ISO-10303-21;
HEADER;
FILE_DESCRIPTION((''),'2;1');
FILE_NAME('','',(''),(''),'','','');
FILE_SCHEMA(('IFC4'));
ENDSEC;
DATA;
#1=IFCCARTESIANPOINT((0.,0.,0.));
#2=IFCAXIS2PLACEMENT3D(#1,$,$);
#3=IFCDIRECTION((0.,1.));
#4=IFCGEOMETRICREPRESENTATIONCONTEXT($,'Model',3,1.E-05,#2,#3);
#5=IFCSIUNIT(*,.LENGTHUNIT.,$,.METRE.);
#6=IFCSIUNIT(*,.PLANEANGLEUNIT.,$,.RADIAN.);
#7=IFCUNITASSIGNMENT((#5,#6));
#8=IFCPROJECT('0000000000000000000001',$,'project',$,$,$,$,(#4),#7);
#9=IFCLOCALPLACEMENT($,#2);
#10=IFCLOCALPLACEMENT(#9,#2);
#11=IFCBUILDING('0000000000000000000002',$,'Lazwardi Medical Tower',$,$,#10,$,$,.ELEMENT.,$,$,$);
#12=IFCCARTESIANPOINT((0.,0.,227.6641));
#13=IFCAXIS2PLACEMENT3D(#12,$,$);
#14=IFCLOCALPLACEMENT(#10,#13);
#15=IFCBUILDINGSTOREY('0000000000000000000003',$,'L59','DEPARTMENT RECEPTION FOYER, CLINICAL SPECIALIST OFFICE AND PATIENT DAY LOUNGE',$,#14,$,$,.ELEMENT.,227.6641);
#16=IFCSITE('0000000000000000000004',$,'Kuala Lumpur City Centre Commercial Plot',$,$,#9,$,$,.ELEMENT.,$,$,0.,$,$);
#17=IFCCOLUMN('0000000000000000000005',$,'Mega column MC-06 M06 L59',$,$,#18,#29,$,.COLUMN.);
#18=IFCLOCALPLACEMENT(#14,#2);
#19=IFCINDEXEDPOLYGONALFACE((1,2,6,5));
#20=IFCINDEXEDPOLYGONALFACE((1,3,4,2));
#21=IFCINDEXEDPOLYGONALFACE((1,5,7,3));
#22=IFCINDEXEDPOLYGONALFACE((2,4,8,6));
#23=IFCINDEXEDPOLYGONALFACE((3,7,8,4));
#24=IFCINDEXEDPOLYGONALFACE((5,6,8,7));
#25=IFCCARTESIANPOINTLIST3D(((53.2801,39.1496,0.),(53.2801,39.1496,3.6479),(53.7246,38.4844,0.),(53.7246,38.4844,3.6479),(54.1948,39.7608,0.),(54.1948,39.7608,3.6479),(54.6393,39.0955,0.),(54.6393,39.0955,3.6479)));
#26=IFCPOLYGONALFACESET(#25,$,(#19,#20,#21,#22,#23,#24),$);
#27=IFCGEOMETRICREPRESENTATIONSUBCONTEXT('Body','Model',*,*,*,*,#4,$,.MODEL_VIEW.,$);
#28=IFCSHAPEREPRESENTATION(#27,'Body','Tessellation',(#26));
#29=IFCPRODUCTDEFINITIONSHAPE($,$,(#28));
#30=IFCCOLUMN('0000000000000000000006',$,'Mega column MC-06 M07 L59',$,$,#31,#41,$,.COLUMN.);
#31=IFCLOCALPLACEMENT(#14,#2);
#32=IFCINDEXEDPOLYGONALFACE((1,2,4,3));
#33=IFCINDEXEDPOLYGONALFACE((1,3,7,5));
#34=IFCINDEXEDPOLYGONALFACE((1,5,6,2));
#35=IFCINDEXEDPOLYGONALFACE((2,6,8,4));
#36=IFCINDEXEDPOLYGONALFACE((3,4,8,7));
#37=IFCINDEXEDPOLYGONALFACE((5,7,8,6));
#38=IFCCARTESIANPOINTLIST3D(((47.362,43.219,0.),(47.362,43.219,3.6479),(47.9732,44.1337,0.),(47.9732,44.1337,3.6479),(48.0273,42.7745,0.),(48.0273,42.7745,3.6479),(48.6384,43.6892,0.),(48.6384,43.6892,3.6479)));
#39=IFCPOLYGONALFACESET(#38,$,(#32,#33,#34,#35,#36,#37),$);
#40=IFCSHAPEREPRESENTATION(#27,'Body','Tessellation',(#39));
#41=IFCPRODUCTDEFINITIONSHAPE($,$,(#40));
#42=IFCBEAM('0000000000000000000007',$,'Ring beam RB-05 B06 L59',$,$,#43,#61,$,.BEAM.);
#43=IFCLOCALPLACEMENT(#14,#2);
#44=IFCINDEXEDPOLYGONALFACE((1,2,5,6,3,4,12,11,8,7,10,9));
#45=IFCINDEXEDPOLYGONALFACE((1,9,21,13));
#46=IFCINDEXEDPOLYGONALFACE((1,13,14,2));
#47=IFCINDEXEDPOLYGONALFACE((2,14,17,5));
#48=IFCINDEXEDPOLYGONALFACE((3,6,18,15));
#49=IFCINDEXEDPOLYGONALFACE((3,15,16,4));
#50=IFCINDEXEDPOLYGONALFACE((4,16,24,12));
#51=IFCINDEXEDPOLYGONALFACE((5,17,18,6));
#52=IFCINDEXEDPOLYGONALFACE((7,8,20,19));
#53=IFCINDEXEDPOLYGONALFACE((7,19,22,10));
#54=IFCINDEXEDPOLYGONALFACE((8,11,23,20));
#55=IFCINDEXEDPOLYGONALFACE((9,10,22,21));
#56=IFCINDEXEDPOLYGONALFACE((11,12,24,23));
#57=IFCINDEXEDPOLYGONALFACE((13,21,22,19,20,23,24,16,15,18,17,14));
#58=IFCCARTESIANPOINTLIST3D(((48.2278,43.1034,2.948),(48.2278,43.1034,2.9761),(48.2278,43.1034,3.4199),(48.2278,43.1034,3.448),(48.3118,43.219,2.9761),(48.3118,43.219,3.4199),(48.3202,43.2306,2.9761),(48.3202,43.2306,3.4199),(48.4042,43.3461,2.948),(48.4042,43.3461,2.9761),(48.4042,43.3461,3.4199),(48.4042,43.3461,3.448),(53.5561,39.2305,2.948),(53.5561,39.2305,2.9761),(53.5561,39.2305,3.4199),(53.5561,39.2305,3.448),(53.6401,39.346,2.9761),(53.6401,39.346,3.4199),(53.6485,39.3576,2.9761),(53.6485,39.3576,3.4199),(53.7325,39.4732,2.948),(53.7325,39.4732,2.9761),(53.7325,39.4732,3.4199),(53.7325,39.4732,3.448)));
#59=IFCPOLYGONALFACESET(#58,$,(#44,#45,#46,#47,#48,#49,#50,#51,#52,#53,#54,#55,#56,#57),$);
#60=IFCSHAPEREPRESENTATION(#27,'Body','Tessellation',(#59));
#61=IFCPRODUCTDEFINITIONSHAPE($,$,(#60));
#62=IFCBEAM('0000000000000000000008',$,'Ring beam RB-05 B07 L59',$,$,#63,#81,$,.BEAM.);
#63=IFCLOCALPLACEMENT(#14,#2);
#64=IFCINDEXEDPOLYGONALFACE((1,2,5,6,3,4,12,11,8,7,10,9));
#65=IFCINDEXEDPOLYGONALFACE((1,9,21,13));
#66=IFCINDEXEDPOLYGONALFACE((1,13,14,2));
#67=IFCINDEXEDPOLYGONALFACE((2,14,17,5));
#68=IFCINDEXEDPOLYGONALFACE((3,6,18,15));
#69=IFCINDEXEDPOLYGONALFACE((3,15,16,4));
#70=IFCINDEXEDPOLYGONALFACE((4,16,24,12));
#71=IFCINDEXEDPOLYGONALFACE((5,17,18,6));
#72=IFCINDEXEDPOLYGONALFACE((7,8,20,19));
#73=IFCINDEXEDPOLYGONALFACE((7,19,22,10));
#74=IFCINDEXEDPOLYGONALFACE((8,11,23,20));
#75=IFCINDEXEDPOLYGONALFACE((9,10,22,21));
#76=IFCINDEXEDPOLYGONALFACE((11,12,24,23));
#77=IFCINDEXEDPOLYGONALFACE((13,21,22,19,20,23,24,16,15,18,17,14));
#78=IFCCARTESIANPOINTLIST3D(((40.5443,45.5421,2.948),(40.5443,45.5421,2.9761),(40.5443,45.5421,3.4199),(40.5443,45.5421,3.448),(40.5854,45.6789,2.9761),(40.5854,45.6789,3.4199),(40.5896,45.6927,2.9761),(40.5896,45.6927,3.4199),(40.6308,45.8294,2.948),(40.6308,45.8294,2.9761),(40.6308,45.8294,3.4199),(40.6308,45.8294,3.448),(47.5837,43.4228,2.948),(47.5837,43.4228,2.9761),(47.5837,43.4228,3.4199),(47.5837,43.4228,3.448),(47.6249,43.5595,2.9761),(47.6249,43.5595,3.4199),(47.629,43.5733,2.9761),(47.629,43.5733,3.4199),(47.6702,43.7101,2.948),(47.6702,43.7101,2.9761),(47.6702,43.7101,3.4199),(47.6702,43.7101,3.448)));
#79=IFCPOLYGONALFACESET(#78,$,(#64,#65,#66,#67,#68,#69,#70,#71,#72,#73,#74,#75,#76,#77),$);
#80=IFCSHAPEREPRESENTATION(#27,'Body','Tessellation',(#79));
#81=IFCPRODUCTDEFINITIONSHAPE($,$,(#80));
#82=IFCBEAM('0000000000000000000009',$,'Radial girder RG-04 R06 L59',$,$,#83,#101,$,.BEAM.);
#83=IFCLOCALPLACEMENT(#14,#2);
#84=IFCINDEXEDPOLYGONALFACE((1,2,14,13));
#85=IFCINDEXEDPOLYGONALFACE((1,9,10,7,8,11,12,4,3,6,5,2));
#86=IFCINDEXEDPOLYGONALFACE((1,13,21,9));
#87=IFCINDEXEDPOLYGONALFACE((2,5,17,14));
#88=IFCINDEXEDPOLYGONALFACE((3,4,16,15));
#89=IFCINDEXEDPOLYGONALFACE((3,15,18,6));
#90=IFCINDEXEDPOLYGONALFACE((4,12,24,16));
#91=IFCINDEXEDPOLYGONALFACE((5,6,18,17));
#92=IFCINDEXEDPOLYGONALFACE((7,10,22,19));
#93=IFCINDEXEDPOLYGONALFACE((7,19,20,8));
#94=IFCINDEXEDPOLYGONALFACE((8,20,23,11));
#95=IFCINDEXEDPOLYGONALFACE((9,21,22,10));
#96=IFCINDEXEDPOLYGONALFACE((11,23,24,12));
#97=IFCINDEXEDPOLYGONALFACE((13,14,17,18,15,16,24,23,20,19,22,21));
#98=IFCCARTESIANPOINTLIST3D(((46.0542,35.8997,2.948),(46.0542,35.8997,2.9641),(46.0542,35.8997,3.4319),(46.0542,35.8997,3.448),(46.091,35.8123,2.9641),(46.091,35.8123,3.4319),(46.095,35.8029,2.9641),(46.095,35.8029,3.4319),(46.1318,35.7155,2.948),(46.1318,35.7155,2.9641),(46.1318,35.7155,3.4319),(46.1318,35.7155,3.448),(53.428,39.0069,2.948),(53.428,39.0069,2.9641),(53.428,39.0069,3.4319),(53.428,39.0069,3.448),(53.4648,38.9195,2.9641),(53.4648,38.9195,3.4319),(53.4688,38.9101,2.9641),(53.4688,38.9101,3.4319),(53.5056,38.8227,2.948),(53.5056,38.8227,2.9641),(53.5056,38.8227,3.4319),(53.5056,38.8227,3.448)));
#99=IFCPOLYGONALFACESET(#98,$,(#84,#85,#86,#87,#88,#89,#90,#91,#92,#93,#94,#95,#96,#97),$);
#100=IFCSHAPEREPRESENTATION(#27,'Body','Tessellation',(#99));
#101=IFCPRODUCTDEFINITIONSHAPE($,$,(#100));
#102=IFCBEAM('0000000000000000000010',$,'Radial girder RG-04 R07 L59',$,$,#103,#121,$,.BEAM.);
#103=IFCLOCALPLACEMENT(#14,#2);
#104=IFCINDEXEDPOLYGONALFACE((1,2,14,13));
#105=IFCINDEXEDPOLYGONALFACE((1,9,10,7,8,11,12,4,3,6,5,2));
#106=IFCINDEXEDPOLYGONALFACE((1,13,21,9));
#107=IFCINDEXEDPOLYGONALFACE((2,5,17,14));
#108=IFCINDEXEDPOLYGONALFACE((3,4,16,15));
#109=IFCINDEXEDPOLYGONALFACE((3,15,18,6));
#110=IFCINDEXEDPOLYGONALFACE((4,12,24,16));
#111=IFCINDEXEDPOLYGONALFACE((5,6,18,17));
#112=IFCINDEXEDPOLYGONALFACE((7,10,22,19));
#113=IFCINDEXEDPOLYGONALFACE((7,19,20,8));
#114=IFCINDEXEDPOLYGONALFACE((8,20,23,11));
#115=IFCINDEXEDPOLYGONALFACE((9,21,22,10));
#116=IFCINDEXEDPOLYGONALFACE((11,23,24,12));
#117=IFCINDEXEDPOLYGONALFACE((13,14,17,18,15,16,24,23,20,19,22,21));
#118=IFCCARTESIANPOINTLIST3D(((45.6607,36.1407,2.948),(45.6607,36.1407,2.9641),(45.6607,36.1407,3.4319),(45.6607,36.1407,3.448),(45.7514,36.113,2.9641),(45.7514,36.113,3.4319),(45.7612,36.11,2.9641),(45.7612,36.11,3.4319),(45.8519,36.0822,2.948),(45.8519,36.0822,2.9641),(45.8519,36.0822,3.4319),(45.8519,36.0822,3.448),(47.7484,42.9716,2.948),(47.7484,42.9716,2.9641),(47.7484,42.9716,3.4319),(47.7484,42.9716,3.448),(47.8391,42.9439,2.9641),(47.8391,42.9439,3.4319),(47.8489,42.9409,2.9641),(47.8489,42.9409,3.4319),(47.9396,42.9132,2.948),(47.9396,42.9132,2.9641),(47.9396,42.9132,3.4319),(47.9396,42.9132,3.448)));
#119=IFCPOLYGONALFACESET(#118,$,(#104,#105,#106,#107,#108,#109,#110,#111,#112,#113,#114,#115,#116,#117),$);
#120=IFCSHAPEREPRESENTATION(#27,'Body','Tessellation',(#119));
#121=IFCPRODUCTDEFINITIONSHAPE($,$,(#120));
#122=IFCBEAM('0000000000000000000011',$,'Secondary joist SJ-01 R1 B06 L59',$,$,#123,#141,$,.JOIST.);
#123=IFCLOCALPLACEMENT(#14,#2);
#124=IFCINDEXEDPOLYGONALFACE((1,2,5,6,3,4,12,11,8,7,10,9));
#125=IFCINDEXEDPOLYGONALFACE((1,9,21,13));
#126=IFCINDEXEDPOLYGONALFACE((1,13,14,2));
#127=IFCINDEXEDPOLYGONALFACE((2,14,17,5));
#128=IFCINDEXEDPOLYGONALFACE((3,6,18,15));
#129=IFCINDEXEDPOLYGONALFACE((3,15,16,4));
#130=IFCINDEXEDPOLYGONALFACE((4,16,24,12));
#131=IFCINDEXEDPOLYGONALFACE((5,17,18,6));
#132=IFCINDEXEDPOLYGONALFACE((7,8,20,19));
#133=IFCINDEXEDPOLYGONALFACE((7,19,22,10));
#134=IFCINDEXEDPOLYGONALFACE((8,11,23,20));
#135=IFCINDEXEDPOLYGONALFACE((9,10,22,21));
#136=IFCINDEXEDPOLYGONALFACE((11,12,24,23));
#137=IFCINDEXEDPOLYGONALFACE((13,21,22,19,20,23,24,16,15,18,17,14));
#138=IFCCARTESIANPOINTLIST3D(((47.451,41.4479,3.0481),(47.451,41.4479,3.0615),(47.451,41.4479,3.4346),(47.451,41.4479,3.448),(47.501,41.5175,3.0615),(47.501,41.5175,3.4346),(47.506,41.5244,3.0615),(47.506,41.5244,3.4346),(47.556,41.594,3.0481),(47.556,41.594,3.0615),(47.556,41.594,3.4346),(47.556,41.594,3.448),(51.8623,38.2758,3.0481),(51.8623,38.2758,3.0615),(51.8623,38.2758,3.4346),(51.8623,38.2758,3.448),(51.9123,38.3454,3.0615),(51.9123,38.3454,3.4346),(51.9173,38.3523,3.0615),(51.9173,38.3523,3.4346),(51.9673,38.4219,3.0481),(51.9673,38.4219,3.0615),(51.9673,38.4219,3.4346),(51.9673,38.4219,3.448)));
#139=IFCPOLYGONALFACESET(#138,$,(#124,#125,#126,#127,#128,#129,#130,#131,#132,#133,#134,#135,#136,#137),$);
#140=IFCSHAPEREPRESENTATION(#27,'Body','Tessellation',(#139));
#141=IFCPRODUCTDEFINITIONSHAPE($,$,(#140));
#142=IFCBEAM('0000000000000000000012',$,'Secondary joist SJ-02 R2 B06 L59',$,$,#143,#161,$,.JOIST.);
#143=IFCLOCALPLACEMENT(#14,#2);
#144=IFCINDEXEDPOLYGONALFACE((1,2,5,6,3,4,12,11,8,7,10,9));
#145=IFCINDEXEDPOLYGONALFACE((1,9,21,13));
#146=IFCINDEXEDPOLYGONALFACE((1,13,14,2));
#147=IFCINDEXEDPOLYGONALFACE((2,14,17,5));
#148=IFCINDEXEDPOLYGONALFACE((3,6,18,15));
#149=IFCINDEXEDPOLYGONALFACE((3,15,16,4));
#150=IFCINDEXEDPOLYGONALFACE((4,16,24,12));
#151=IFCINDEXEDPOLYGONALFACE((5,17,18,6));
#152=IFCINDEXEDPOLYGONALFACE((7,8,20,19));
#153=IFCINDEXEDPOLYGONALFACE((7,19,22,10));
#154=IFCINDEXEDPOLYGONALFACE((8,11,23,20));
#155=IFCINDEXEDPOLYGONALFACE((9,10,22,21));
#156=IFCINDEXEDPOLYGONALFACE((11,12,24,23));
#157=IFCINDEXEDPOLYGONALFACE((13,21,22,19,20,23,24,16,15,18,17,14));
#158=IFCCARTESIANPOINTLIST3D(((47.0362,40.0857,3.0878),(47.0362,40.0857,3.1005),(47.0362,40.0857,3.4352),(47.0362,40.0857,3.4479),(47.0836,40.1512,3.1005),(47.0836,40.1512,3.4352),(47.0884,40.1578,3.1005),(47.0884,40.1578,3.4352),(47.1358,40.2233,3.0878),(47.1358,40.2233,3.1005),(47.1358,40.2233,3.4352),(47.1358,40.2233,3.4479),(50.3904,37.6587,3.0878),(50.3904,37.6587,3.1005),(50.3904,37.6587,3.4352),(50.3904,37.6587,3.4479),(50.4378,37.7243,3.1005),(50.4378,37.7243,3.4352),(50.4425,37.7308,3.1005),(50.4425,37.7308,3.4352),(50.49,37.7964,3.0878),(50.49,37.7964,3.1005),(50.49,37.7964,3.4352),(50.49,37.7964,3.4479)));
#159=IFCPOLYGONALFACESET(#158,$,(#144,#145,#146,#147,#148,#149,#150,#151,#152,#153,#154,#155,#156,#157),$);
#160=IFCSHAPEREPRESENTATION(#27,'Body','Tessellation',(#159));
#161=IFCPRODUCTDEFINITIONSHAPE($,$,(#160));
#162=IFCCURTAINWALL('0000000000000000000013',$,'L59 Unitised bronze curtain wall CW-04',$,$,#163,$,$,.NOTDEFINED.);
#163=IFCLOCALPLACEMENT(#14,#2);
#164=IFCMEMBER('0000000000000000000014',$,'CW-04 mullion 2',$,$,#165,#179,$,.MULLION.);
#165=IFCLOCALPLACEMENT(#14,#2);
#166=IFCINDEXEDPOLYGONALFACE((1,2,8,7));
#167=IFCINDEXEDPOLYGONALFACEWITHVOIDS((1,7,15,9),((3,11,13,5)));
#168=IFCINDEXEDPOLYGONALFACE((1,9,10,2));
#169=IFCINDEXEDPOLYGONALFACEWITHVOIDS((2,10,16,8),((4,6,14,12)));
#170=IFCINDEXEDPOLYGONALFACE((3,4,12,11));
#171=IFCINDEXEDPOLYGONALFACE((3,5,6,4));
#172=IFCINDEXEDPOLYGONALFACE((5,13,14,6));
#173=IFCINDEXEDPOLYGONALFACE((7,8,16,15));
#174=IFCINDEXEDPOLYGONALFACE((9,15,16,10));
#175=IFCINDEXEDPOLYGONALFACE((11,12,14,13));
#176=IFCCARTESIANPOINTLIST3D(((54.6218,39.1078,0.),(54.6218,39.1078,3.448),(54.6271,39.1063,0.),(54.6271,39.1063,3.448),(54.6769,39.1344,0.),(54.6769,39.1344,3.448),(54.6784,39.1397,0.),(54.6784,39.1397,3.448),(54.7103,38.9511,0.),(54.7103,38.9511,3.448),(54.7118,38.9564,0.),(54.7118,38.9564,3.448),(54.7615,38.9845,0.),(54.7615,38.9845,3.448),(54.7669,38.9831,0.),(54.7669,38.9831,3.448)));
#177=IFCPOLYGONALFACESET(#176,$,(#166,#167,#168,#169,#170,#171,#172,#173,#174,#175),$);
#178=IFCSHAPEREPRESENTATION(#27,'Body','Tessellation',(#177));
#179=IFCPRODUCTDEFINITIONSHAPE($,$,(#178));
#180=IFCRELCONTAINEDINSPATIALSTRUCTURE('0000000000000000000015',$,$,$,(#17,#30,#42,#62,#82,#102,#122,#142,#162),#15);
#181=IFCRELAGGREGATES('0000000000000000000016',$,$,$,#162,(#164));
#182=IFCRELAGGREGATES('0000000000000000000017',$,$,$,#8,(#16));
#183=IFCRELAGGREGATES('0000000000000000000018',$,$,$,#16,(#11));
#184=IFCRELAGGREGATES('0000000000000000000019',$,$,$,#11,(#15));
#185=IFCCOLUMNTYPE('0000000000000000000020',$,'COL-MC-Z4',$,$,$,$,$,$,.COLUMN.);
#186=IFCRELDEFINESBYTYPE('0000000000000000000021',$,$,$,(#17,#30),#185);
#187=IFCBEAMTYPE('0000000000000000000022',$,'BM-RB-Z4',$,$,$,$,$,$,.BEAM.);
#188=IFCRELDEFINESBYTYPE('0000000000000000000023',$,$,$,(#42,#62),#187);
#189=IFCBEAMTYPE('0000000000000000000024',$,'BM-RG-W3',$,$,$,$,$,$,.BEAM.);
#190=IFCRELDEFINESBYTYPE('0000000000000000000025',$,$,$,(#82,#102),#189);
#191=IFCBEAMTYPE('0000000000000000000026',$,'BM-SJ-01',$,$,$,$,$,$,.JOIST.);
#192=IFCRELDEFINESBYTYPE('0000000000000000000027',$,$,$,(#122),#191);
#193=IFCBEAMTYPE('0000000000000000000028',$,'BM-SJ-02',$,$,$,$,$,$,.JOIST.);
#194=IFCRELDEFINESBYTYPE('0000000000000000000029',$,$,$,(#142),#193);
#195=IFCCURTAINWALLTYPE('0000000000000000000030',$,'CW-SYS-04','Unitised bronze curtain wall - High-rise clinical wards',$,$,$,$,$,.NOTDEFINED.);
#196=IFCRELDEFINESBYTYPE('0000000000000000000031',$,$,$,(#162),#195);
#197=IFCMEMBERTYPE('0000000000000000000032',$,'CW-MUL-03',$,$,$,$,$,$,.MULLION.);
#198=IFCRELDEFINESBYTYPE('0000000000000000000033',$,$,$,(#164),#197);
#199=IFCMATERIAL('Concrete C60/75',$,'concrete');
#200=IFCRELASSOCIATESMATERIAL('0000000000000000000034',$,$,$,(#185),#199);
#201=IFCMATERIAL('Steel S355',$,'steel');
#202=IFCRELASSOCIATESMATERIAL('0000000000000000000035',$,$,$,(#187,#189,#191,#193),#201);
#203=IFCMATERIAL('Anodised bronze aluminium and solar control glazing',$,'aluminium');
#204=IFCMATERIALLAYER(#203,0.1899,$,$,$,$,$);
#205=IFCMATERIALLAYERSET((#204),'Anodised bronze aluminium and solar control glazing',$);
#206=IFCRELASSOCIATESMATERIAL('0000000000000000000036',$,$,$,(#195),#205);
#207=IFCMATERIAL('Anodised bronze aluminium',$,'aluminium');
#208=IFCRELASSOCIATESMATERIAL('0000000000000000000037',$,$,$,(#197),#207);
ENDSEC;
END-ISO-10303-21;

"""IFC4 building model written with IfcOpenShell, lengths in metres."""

from ifc_helpers import new_model, si_unit, direction, frame, origin, origin_2d, place, context, subcontext, project, spatial, rectangle, hollow_rectangle, i_section, extrude, material, layer, layer_set, material_profile, profile_set, type_object, element, aggregate, save


model = new_model("IFC4")

# Units and contexts
model_context = context("Model", 3, precision=1e-05, world=origin(), true_north=direction((0.0, 1.0)))
body_context = subcontext(model_context, "Body", "Model", "MODEL_VIEW")
ifc_project = project(units=[si_unit("LENGTHUNIT", "METRE"), si_unit("PLANEANGLEUNIT", "RADIAN")], contexts=[model_context])

# Site, building, storey
site_placement = place(None, origin())
site = spatial("IfcSite", under=ifc_project, at=site_placement, Name="Kuala Lumpur City Centre Commercial Plot", CompositionType="ELEMENT", RefElevation=0.0)
building_placement = place(site_placement, origin())
building = spatial("IfcBuilding", under=site, at=building_placement, Name="Lazwardi Medical Tower", CompositionType="ELEMENT")
storey_placement = place(building_placement, frame((0.0, 0.0, 227.6641)))
storey = spatial("IfcBuildingStorey", under=building, at=storey_placement, Name="L59", Description="DEPARTMENT RECEPTION FOYER, CLINICAL SPECIALIST OFFICE AND PATIENT DAY LOUNGE", CompositionType="ELEMENT", Elevation=227.6641)

# Columns
ifc_material_1 = material(Name="Concrete C60/75", Category="concrete")
ifc_material_profile_1 = material_profile(ifc_material_1, rectangle(XDim=1.1001, YDim=0.8, at=origin_2d()), Name="CFT-RECT 1100x800")
ifc_profile_set_1 = profile_set([ifc_material_profile_1], Name="Concrete C60/75")
column_type = type_object("IfcColumnType", Name="COL-MC-Z4", PredefinedType="COLUMN", material=ifc_profile_set_1)
for number, where, z_axis, x_axis, name in (
    (1, (53.9597, 39.1226, 0.0), (0.0, 0.0, 1.0), (0.83147, 0.55557, 0.0), "Mega column MC-06 M06 L59"),
    (2, (48.0002, 43.4541, 0.0), (0.0, 0.0, 1.0), (0.55557, 0.83147, 0.0), "Mega column MC-06 M07 L59"),
):
    element("IfcColumn", number, at=place(storey_placement, frame(where, z_axis=z_axis, x_axis=x_axis)), inside=storey, type_object=column_type, Name=name, PredefinedType="COLUMN", context=body_context, shape_type="SweptSolid", body=[
        extrude(rectangle(XDim=1.1001, YDim=0.8, at=origin_2d()), origin(), (0.0, 0.0, 1.0), 3.6479),
    ])

# Beams
ifc_material_2 = material(Name="Steel S355", Category="steel")
ifc_material_profile_2 = material_profile(ifc_material_2, i_section(OverallWidth=0.3, OverallDepth=0.5, WebThickness=0.0144, FlangeThickness=0.0281, at=origin_2d()), Name="HEB 500")
ifc_profile_set_2 = profile_set([ifc_material_profile_2], Name="Steel S355")
beam_type_1 = type_object("IfcBeamType", Name="BM-RB-Z4", PredefinedType="BEAM", material=ifc_profile_set_2)
beam_1_placement = place(storey_placement, frame((53.6443, 39.3518, 3.198), z_axis=(-0.80889, 0.58796, 0.0), x_axis=(-0.58796, -0.80889, 0.0)))
element("IfcBeam", 3, at=beam_1_placement, inside=storey, type_object=beam_type_1, Name="Ring beam RB-05 B06 L59", PredefinedType="BEAM", context=body_context, shape_type="SweptSolid", body=[
    extrude(i_section(OverallWidth=0.3, OverallDepth=0.5, WebThickness=0.0144, FlangeThickness=0.0281, at=origin_2d()), origin(), (0.0, 0.0, 1.0), 6.5872),
])
beam_2_placement = place(storey_placement, frame((47.627, 43.5664, 3.198), z_axis=(-0.957544, 0.288286, 0.0), x_axis=(-0.288286, -0.957544, 0.0)))
element("IfcBeam", 4, at=beam_2_placement, inside=storey, type_object=beam_type_1, Name="Ring beam RB-05 B07 L59", PredefinedType="BEAM", context=body_context, shape_type="SweptSolid", body=[
    extrude(i_section(OverallWidth=0.3, OverallDepth=0.5, WebThickness=0.0144, FlangeThickness=0.0281, at=origin_2d()), origin(), (0.0, 0.0, 1.0), 7.3516),
])
ifc_material_profile_3 = material_profile(ifc_material_2, i_section(OverallWidth=0.2, OverallDepth=0.5, WebThickness=0.0103, FlangeThickness=0.0161, at=origin_2d()), Name="IPE 500")
ifc_profile_set_3 = profile_set([ifc_material_profile_3], Name="Steel S355")
beam_type_2 = type_object("IfcBeamType", Name="BM-RG-W3", PredefinedType="BEAM", material=ifc_profile_set_3)
beam_3_placement = place(storey_placement, frame((53.4668, 38.9148, 3.198), z_axis=(-0.921527, -0.388315, 0.0), x_axis=(0.388315, -0.921527, 0.0)))
element("IfcBeam", 5, at=beam_3_placement, inside=storey, type_object=beam_type_2, Name="Radial girder RG-04 R06 L59", PredefinedType="BEAM", context=body_context, shape_type="SweptSolid", body=[
    extrude(i_section(OverallWidth=0.2, OverallDepth=0.5, WebThickness=0.0103, FlangeThickness=0.0161, at=origin_2d()), origin(), (0.0, 0.0, 1.0), 8.0017),
])
beam_4_placement = place(storey_placement, frame((47.844, 42.9424, 3.198), z_axis=(-0.292277, -0.956334, 0.0), x_axis=(0.956334, -0.292277, 0.0)))
element("IfcBeam", 6, at=beam_4_placement, inside=storey, type_object=beam_type_2, Name="Radial girder RG-04 R07 L59", PredefinedType="BEAM", context=body_context, shape_type="SweptSolid", body=[
    extrude(i_section(OverallWidth=0.2, OverallDepth=0.5, WebThickness=0.0103, FlangeThickness=0.0161, at=origin_2d()), origin(), (0.0, 0.0, 1.0), 7.1428),
])
ifc_material_profile_4 = material_profile(ifc_material_2, i_section(OverallWidth=0.1799, OverallDepth=0.3999, WebThickness=0.0085, FlangeThickness=0.0134, at=origin_2d()), Name="IPE 400")
ifc_profile_set_4 = profile_set([ifc_material_profile_4], Name="Steel S355")
beam_type_3 = type_object("IfcBeamType", Name="BM-SJ-01", PredefinedType="JOIST", material=ifc_profile_set_4)
beam_5_placement = place(storey_placement, frame((51.9148, 38.3489, 3.248), z_axis=(-0.81189, 0.583811, 0.0), x_axis=(-0.583811, -0.81189, 0.0)))
element("IfcBeam", 7, at=beam_5_placement, inside=storey, type_object=beam_type_3, Name="Secondary joist SJ-01 R1 B06 L59", PredefinedType="JOIST", context=body_context, shape_type="SweptSolid", body=[
    extrude(i_section(OverallWidth=0.1799, OverallDepth=0.3999, WebThickness=0.0085, FlangeThickness=0.0134, at=origin_2d()), origin(), (0.0, 0.0, 1.0), 5.4333),
])
ifc_material_profile_5 = material_profile(ifc_material_2, i_section(OverallWidth=0.1699, OverallDepth=0.3601, WebThickness=0.0081, FlangeThickness=0.0127, at=origin_2d()), Name="IPE 360")
ifc_profile_set_5 = profile_set([ifc_material_profile_5], Name="Steel S355")
beam_type_4 = type_object("IfcBeamType", Name="BM-SJ-02", PredefinedType="JOIST", material=ifc_profile_set_5)
beam_6_placement = place(storey_placement, frame((50.4402, 37.7275, 3.2678), z_axis=(-0.810164, 0.586203, 0.0), x_axis=(-0.586203, -0.810164, 0.0)))
element("IfcBeam", 8, at=beam_6_placement, inside=storey, type_object=beam_type_4, Name="Secondary joist SJ-02 R2 B06 L59", PredefinedType="JOIST", context=body_context, shape_type="SweptSolid", body=[
    extrude(i_section(OverallWidth=0.1699, OverallDepth=0.3601, WebThickness=0.0081, FlangeThickness=0.0127, at=origin_2d()), origin(), (0.0, 0.0, 1.0), 4.1401),
])

# Curtain wall, member
ifc_material_3 = material(Name="Anodised bronze aluminium and solar control glazing", Category="aluminium")
ifc_layer_1 = layer(ifc_material_3, 0.1899)
ifc_layer_set_1 = layer_set([ifc_layer_1], Name="Anodised bronze aluminium and solar control glazing")
curtain_wall_type = type_object("IfcCurtainWallType", Name="CW-SYS-04", Description="Unitised bronze curtain wall - High-rise clinical wards", PredefinedType="NOTDEFINED", material=ifc_layer_set_1)
curtain_wall_1_placement = place(storey_placement, origin())
curtain_wall_1 = element("IfcCurtainWall", 9, at=curtain_wall_1_placement, inside=storey, type_object=curtain_wall_type, Name="L59 Unitised bronze curtain wall CW-04", PredefinedType="NOTDEFINED")
ifc_material_4 = material(Name="Anodised bronze aluminium", Category="aluminium")
ifc_material_profile_6 = material_profile(ifc_material_4, hollow_rectangle(XDim=0.0649, YDim=0.1799, WallThickness=0.0039, at=origin_2d()), Name="ALU-MULLION 180x65x4")
ifc_profile_set_6 = profile_set([ifc_material_profile_6], Name="Anodised bronze aluminium")
member_type_1 = type_object("IfcMemberType", Name="CW-MUL-03", PredefinedType="MULLION", material=ifc_profile_set_6)
member_1_placement = place(storey_placement, frame((54.6943, 39.0454, 0.0), z_axis=(0.0, 0.0, 1.0), x_axis=(-0.870651, -0.4919, 0.0)))
member_1 = element("IfcMember", 10, at=member_1_placement, type_object=member_type_1, Name="CW-04 mullion 2", PredefinedType="MULLION", context=body_context, shape_type="SweptSolid", body=[
    extrude(hollow_rectangle(XDim=0.0649, YDim=0.1799, WallThickness=0.0039, at=origin_2d()), origin(), (0.0, 0.0, 1.0), 3.448),
])
aggregate(curtain_wall_1, [member_1])

save(model, "model.ifc")
